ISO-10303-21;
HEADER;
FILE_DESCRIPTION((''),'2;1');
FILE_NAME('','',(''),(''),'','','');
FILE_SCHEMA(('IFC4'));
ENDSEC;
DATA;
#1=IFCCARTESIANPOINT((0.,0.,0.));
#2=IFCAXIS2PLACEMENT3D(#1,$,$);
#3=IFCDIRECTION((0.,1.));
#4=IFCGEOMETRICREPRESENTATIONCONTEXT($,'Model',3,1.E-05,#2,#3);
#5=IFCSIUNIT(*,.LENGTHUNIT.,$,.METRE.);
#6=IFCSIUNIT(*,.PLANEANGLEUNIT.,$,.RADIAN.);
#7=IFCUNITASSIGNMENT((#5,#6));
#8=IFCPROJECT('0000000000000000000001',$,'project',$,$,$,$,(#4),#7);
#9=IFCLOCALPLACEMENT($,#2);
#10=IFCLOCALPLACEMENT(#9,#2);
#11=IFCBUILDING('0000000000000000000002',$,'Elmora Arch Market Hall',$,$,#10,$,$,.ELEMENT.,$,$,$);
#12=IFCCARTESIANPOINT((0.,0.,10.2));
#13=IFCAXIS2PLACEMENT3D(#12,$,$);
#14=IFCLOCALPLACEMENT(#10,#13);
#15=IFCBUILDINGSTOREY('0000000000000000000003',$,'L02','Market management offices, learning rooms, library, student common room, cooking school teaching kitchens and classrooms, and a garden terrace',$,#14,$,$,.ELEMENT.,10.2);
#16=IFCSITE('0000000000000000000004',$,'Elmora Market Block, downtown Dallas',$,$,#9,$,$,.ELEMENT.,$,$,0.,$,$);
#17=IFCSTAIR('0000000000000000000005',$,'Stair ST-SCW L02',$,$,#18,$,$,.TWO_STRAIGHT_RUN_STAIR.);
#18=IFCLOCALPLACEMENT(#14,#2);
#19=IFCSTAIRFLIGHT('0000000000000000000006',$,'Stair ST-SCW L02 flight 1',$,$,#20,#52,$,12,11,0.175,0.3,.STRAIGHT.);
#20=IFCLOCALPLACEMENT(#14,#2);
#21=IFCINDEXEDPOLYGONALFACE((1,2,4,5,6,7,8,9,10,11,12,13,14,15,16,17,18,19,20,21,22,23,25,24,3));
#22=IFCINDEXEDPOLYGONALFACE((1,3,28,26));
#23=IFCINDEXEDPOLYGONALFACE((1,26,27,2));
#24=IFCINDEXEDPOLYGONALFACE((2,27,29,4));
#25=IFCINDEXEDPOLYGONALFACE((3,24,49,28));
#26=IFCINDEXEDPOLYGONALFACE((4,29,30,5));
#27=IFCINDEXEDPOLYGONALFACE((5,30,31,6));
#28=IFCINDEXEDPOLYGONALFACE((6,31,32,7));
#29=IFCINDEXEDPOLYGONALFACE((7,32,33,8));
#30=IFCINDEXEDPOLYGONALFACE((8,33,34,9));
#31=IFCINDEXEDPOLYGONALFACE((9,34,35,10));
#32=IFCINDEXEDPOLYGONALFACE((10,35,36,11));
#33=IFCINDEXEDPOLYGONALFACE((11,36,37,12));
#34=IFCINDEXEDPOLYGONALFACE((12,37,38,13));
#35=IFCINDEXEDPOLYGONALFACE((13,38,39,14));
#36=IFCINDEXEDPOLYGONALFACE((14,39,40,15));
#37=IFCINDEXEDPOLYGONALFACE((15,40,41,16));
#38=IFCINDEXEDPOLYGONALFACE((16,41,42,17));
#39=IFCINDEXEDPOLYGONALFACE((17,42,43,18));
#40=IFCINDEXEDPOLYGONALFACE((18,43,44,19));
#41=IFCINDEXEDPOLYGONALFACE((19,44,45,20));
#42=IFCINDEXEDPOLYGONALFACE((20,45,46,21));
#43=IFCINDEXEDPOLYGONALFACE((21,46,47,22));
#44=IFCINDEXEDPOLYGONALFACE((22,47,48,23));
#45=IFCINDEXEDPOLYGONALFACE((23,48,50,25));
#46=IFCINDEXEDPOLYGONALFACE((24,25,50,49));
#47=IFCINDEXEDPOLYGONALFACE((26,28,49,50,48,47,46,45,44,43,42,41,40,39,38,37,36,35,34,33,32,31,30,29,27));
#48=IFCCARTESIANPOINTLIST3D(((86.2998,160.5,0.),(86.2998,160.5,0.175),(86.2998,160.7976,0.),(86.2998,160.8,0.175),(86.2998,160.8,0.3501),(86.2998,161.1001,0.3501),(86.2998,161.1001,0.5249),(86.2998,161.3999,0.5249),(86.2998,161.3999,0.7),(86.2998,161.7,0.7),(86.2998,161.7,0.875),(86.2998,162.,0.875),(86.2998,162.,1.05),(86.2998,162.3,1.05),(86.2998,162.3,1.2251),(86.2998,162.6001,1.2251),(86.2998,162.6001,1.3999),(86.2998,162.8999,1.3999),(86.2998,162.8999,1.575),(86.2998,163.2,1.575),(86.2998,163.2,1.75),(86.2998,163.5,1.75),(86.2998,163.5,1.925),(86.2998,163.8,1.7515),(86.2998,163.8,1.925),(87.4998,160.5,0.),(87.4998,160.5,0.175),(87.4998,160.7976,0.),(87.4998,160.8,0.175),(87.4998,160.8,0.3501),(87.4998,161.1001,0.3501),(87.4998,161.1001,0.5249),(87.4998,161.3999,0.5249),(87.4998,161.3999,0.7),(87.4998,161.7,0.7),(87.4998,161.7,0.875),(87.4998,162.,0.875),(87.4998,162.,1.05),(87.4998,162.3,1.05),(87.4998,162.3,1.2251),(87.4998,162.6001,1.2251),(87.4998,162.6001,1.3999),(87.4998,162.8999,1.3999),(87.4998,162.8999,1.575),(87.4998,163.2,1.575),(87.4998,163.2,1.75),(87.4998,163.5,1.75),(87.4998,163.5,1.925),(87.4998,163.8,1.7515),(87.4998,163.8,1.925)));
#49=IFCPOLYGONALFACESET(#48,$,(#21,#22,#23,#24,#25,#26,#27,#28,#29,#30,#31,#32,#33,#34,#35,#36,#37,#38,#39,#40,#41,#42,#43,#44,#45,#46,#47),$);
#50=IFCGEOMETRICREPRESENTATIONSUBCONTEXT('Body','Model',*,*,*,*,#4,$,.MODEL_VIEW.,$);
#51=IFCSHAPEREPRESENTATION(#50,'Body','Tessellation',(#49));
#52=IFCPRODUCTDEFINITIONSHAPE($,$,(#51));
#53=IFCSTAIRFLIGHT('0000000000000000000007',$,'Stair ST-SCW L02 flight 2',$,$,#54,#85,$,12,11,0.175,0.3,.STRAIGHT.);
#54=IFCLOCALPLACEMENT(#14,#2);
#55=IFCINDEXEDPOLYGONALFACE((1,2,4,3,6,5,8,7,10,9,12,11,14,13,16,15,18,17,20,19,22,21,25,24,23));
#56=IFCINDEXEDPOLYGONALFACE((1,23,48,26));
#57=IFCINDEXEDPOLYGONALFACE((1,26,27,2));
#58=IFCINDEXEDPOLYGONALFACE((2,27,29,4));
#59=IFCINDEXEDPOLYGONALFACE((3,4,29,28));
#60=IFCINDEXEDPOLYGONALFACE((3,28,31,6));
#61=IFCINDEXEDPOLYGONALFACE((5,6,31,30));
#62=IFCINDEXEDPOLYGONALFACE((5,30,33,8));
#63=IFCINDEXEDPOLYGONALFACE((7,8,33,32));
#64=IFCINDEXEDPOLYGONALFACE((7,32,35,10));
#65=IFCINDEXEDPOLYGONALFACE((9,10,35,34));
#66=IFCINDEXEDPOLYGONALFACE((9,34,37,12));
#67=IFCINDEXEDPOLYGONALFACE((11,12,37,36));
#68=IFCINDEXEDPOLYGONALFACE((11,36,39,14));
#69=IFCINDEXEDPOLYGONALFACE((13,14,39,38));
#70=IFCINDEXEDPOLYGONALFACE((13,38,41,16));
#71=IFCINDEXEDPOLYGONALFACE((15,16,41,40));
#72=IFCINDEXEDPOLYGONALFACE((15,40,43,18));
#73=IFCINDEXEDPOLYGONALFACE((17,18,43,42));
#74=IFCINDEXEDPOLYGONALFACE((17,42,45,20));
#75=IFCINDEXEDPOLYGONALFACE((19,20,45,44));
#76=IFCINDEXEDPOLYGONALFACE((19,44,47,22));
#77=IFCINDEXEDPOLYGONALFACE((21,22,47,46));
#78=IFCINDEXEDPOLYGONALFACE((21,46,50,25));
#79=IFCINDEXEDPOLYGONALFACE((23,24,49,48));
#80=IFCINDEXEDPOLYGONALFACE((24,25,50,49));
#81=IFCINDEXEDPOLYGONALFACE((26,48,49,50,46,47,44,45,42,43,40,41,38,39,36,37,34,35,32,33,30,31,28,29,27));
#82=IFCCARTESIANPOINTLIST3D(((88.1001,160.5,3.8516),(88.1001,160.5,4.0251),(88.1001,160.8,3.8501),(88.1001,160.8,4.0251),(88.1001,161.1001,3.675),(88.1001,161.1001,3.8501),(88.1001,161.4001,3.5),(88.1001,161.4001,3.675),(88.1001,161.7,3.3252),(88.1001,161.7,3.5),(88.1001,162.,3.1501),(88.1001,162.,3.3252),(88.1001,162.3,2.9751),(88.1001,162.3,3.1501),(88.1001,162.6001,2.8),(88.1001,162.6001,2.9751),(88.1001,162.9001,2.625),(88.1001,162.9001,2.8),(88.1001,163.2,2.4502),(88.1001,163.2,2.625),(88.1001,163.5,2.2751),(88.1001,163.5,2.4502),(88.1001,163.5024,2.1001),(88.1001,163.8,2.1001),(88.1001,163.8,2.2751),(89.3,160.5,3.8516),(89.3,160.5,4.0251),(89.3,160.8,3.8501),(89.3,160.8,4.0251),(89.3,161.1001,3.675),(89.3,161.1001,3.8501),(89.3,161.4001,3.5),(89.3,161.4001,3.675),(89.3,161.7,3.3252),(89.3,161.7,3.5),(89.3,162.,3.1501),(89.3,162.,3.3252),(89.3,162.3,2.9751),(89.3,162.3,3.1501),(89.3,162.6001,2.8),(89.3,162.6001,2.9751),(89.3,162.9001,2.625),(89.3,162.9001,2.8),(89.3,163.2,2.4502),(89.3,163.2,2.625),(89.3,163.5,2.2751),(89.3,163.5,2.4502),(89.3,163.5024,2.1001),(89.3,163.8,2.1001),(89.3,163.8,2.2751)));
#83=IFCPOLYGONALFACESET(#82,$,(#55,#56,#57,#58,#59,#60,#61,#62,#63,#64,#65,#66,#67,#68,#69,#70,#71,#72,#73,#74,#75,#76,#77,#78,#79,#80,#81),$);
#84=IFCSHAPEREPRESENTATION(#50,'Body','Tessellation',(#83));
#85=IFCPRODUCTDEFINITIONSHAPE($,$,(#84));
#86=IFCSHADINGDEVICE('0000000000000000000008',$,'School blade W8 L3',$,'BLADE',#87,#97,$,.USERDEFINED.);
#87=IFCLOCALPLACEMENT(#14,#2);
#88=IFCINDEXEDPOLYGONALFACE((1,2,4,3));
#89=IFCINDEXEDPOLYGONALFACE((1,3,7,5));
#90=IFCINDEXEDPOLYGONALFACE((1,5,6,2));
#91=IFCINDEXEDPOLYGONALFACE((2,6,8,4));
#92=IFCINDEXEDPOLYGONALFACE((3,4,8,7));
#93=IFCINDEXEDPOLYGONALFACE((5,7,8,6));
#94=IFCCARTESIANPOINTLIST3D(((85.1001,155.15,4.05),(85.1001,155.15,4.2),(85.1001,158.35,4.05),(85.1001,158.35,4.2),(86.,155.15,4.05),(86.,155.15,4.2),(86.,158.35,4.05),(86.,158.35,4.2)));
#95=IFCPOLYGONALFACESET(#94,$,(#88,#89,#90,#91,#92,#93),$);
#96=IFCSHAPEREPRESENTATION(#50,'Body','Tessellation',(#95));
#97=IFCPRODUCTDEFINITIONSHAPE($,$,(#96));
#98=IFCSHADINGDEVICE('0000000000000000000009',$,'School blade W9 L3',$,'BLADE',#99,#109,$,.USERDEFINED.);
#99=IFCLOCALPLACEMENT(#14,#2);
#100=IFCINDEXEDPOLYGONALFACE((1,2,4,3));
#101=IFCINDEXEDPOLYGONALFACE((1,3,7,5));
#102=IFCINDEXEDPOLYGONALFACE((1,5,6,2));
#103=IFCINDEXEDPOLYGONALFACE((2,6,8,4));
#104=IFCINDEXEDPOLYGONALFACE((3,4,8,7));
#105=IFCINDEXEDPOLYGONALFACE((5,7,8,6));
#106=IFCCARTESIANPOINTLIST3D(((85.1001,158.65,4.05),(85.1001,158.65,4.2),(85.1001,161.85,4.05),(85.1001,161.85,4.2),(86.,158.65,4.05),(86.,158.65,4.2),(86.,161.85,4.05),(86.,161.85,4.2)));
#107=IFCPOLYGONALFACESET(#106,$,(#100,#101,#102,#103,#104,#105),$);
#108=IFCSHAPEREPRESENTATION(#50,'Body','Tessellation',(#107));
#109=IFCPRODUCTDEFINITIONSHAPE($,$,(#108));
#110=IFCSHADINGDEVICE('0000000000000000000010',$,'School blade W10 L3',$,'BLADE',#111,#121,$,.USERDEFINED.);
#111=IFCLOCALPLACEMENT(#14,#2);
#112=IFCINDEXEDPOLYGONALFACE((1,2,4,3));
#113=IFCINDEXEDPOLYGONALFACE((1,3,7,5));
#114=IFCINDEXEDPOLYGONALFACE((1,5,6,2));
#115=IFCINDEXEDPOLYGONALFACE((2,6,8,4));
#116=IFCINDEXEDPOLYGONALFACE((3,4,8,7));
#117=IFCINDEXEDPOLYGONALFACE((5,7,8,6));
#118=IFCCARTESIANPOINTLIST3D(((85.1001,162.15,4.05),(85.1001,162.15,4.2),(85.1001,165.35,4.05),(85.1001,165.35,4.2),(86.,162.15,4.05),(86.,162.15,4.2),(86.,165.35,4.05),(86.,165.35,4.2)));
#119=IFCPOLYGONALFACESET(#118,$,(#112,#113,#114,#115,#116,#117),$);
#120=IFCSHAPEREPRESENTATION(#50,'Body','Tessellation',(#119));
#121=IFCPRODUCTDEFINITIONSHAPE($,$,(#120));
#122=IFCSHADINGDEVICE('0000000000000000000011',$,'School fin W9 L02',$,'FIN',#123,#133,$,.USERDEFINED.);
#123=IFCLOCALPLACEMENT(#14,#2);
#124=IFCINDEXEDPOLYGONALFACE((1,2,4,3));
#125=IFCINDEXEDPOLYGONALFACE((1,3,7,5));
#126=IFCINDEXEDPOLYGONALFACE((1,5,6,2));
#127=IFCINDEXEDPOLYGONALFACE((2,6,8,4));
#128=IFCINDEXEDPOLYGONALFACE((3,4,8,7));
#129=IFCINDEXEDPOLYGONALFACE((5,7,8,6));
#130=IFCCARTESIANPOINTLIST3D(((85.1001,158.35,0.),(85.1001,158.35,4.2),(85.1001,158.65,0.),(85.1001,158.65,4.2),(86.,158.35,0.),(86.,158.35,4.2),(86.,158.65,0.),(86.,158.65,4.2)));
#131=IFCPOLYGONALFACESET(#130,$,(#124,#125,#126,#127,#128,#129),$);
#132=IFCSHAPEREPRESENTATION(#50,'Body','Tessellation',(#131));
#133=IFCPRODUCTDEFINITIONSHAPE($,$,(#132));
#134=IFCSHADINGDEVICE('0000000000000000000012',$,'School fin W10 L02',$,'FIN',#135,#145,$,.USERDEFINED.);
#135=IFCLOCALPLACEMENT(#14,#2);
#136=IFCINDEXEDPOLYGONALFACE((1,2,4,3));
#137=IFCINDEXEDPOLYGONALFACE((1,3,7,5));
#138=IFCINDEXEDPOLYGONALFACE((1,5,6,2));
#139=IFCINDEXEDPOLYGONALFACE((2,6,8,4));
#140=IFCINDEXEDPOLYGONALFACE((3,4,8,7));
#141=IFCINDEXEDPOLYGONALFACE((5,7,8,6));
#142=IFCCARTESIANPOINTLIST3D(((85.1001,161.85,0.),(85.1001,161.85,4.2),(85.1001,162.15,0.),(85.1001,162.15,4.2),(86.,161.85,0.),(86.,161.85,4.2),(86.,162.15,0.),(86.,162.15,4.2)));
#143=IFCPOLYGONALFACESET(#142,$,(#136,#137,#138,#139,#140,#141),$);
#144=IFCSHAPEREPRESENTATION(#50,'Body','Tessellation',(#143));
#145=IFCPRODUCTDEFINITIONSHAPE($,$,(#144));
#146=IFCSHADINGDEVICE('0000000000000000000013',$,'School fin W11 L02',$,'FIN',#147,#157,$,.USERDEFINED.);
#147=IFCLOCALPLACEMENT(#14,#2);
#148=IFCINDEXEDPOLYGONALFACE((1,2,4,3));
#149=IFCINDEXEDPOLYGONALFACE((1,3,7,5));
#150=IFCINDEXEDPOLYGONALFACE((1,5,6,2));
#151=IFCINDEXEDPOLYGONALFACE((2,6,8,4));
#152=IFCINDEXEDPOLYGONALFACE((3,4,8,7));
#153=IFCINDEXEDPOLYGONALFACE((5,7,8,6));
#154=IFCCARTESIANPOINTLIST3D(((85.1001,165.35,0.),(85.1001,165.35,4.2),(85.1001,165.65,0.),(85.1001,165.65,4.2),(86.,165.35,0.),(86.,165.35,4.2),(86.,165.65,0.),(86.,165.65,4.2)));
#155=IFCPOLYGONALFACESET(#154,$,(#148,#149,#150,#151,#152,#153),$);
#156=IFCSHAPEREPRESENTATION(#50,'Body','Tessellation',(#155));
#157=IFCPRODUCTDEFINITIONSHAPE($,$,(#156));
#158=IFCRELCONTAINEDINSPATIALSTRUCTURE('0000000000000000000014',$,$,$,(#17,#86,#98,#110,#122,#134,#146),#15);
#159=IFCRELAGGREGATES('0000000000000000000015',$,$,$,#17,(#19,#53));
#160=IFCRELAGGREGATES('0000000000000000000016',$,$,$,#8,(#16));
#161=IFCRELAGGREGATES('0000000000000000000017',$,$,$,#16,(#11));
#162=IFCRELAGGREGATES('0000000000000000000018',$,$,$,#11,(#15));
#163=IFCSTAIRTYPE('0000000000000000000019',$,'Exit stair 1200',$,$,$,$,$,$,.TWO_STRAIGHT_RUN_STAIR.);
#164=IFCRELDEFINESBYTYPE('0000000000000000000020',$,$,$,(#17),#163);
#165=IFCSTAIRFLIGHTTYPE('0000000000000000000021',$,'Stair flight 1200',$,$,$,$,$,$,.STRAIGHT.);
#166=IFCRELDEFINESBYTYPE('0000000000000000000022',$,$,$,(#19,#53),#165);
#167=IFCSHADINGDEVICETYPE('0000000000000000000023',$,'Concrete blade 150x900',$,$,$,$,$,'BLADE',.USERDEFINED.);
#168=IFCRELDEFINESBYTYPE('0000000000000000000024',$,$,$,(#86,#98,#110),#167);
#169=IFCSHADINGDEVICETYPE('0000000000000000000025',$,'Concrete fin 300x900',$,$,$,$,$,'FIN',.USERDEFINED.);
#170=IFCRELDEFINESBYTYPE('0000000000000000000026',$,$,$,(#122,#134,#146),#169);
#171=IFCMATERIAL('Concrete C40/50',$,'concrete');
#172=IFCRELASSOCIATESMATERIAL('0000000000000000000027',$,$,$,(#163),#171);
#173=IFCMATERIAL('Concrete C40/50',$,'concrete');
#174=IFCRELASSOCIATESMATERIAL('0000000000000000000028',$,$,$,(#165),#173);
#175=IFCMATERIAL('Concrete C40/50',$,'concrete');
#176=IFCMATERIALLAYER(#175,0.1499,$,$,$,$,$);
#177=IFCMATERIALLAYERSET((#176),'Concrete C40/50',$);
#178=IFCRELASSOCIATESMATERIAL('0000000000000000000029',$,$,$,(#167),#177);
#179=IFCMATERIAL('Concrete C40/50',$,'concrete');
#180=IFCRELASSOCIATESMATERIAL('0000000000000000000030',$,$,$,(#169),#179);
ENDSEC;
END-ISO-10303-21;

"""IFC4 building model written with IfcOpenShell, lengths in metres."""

from ifc_helpers import new_model, si_unit, direction, frame, origin, origin_2d, place, context, subcontext, project, spatial, polyline, rectangle, outline, extrude, material, layer, layer_set, type_object, element, aggregate, save


model = new_model("IFC4")

# Units and contexts
model_context = context("Model", 3, precision=1e-05, world=origin(), true_north=direction((0.0, 1.0)))
body_context = subcontext(model_context, "Body", "Model", "MODEL_VIEW")
ifc_project = project(units=[si_unit("LENGTHUNIT", "METRE"), si_unit("PLANEANGLEUNIT", "RADIAN")], contexts=[model_context])

# Site, building, storey
site_placement = place(None, origin())
site = spatial("IfcSite", under=ifc_project, at=site_placement, Name="Elmora Market Block, downtown Dallas", CompositionType="ELEMENT", RefElevation=0.0)
building_placement = place(site_placement, origin())
building = spatial("IfcBuilding", under=site, at=building_placement, Name="Elmora Arch Market Hall", CompositionType="ELEMENT")
storey_placement = place(building_placement, frame((0.0, 0.0, 10.2)))
storey = spatial("IfcBuildingStorey", under=building, at=storey_placement, Name="L02", Description="Market management offices, learning rooms, library, student common room, cooking school teaching kitchens and classrooms, and a garden terrace", CompositionType="ELEMENT", Elevation=10.2)

# Stair, stair flights
ifc_material_1 = material(Name="Concrete C40/50", Category="concrete")
stair_type = type_object("IfcStairType", Name="Exit stair 1200", PredefinedType="TWO_STRAIGHT_RUN_STAIR", material=ifc_material_1)
stair_placement = place(storey_placement, origin())
stair = element("IfcStair", 1, at=stair_placement, inside=storey, type_object=stair_type, Name="Stair ST-SCW L02", PredefinedType="TWO_STRAIGHT_RUN_STAIR")
ifc_material_2 = material(Name="Concrete C40/50", Category="concrete")
stair_flight_type = type_object("IfcStairFlightType", Name="Stair flight 1200", PredefinedType="STRAIGHT", material=ifc_material_2)
stair_flight_1_placement = place(storey_placement, frame((86.8999, 160.5, 0.0), z_axis=(0.0, 0.0, 1.0), x_axis=(0.0, 1.0, 0.0)))
stair_flight_1 = element("IfcStairFlight", 2, at=stair_flight_1_placement, type_object=stair_flight_type, Name="Stair ST-SCW L02 flight 1", NumberOfRisers=12, NumberOfTreads=11, PredefinedType="STRAIGHT", RiserHeight=0.175, TreadLength=0.3, context=body_context, shape_type="SweptSolid", body=[
    extrude(outline(polyline([(0.0, 0.0), (0.0, 0.175), (0.3, 0.175), (0.3, 0.3501), (0.6001, 0.3501), (0.6001, 0.5249), (0.8999, 0.5249), (0.8999, 0.7), (1.2, 0.7), (1.2, 0.875), (1.5, 0.875), (1.5, 1.05), (1.8, 1.05), (1.8, 1.2251), (2.1001, 1.2251), (2.1001, 1.3999), (2.3999, 1.3999), (2.3999, 1.575), (2.7, 1.575), (2.7, 1.75), (3.0, 1.75), (3.0, 1.925), (3.3, 1.925), (3.3, 2.1001), (3.3, 1.7515), (0.2976, 0.0), (0.0, 0.0)])), frame((0.0, 0.6001, 0.0), z_axis=(0.0, -1.0, 0.0), x_axis=(1.0, 0.0, 0.0)), (0.0, 0.0, 1.0), 1.2),
])
stair_flight_2_placement = place(storey_placement, frame((88.7, 163.8, 2.1001), z_axis=(0.0, 0.0, 1.0), x_axis=(0.0, -1.0, 0.0)))
stair_flight_2 = element("IfcStairFlight", 3, at=stair_flight_2_placement, type_object=stair_flight_type, Name="Stair ST-SCW L02 flight 2", NumberOfRisers=12, NumberOfTreads=11, PredefinedType="STRAIGHT", RiserHeight=0.175, TreadLength=0.3, context=body_context, shape_type="SweptSolid", body=[
    extrude(outline(polyline([(0.0, 0.0), (0.0, 0.175), (0.3, 0.175), (0.3, 0.3501), (0.6001, 0.3501), (0.6001, 0.5249), (0.8999, 0.5249), (0.8999, 0.7), (1.2, 0.7), (1.2, 0.875), (1.5, 0.875), (1.5, 1.05), (1.8, 1.05), (1.8, 1.2251), (2.1001, 1.2251), (2.1001, 1.3999), (2.3999, 1.3999), (2.3999, 1.575), (2.7, 1.575), (2.7, 1.75), (3.0, 1.75), (3.0, 1.925), (3.3, 1.925), (3.3, 2.1001), (3.3, 1.7515), (0.2976, 0.0), (0.0, 0.0)])), frame((0.0, 0.6001, 0.0), z_axis=(0.0, -1.0, 0.0), x_axis=(1.0, 0.0, 0.0)), (0.0, 0.0, 1.0), 1.2),
])
aggregate(stair, [stair_flight_1, stair_flight_2])

# Shading devices
ifc_material_3 = material(Name="Concrete C40/50", Category="concrete")
ifc_layer_1 = layer(ifc_material_3, 0.1499)
ifc_layer_set_1 = layer_set([ifc_layer_1], Name="Concrete C40/50")
shading_device_type_1 = type_object("IfcShadingDeviceType", Name="Concrete blade 150x900", ElementType="BLADE", PredefinedType="USERDEFINED", material=ifc_layer_set_1)
for number, where, z_axis, x_axis, name in (
    (4, (85.55, 156.75, 4.05), (0.0, 0.0, 1.0), (1.0, 0.0, 0.0), "School blade W8 L3"),
    (5, (85.55, 160.25, 4.05), (0.0, 0.0, 1.0), (1.0, 0.0, 0.0), "School blade W9 L3"),
    (6, (85.55, 163.75, 4.05), (0.0, 0.0, 1.0), (1.0, 0.0, 0.0), "School blade W10 L3"),
):
    element("IfcShadingDevice", number, at=place(storey_placement, frame(where, z_axis=z_axis, x_axis=x_axis)), inside=storey, type_object=shading_device_type_1, Name=name, ObjectType="BLADE", PredefinedType="USERDEFINED", context=body_context, shape_type="SweptSolid", body=[
        extrude(rectangle(XDim=0.8999, YDim=3.2, at=origin_2d()), origin(), (0.0, 0.0, 1.0), 0.1499),
    ])
ifc_material_4 = material(Name="Concrete C40/50", Category="concrete")
shading_device_type_2 = type_object("IfcShadingDeviceType", Name="Concrete fin 300x900", ElementType="FIN", PredefinedType="USERDEFINED", material=ifc_material_4)
for number, where, z_axis, x_axis, name in (
    (7, (85.55, 158.5, 0.0), (0.0, 0.0, 1.0), (1.0, 0.0, 0.0), "School fin W9 L02"),
    (8, (85.55, 162.0, 0.0), (0.0, 0.0, 1.0), (1.0, 0.0, 0.0), "School fin W10 L02"),
    (9, (85.55, 165.5, 0.0), (0.0, 0.0, 1.0), (1.0, 0.0, 0.0), "School fin W11 L02"),
):
    element("IfcShadingDevice", number, at=place(storey_placement, frame(where, z_axis=z_axis, x_axis=x_axis)), inside=storey, type_object=shading_device_type_2, Name=name, ObjectType="FIN", PredefinedType="USERDEFINED", context=body_context, shape_type="SweptSolid", body=[
        extrude(rectangle(XDim=0.8999, YDim=0.3, at=origin_2d()), origin(), (0.0, 0.0, 1.0), 4.2),
    ])

save(model, "model.ifc")
